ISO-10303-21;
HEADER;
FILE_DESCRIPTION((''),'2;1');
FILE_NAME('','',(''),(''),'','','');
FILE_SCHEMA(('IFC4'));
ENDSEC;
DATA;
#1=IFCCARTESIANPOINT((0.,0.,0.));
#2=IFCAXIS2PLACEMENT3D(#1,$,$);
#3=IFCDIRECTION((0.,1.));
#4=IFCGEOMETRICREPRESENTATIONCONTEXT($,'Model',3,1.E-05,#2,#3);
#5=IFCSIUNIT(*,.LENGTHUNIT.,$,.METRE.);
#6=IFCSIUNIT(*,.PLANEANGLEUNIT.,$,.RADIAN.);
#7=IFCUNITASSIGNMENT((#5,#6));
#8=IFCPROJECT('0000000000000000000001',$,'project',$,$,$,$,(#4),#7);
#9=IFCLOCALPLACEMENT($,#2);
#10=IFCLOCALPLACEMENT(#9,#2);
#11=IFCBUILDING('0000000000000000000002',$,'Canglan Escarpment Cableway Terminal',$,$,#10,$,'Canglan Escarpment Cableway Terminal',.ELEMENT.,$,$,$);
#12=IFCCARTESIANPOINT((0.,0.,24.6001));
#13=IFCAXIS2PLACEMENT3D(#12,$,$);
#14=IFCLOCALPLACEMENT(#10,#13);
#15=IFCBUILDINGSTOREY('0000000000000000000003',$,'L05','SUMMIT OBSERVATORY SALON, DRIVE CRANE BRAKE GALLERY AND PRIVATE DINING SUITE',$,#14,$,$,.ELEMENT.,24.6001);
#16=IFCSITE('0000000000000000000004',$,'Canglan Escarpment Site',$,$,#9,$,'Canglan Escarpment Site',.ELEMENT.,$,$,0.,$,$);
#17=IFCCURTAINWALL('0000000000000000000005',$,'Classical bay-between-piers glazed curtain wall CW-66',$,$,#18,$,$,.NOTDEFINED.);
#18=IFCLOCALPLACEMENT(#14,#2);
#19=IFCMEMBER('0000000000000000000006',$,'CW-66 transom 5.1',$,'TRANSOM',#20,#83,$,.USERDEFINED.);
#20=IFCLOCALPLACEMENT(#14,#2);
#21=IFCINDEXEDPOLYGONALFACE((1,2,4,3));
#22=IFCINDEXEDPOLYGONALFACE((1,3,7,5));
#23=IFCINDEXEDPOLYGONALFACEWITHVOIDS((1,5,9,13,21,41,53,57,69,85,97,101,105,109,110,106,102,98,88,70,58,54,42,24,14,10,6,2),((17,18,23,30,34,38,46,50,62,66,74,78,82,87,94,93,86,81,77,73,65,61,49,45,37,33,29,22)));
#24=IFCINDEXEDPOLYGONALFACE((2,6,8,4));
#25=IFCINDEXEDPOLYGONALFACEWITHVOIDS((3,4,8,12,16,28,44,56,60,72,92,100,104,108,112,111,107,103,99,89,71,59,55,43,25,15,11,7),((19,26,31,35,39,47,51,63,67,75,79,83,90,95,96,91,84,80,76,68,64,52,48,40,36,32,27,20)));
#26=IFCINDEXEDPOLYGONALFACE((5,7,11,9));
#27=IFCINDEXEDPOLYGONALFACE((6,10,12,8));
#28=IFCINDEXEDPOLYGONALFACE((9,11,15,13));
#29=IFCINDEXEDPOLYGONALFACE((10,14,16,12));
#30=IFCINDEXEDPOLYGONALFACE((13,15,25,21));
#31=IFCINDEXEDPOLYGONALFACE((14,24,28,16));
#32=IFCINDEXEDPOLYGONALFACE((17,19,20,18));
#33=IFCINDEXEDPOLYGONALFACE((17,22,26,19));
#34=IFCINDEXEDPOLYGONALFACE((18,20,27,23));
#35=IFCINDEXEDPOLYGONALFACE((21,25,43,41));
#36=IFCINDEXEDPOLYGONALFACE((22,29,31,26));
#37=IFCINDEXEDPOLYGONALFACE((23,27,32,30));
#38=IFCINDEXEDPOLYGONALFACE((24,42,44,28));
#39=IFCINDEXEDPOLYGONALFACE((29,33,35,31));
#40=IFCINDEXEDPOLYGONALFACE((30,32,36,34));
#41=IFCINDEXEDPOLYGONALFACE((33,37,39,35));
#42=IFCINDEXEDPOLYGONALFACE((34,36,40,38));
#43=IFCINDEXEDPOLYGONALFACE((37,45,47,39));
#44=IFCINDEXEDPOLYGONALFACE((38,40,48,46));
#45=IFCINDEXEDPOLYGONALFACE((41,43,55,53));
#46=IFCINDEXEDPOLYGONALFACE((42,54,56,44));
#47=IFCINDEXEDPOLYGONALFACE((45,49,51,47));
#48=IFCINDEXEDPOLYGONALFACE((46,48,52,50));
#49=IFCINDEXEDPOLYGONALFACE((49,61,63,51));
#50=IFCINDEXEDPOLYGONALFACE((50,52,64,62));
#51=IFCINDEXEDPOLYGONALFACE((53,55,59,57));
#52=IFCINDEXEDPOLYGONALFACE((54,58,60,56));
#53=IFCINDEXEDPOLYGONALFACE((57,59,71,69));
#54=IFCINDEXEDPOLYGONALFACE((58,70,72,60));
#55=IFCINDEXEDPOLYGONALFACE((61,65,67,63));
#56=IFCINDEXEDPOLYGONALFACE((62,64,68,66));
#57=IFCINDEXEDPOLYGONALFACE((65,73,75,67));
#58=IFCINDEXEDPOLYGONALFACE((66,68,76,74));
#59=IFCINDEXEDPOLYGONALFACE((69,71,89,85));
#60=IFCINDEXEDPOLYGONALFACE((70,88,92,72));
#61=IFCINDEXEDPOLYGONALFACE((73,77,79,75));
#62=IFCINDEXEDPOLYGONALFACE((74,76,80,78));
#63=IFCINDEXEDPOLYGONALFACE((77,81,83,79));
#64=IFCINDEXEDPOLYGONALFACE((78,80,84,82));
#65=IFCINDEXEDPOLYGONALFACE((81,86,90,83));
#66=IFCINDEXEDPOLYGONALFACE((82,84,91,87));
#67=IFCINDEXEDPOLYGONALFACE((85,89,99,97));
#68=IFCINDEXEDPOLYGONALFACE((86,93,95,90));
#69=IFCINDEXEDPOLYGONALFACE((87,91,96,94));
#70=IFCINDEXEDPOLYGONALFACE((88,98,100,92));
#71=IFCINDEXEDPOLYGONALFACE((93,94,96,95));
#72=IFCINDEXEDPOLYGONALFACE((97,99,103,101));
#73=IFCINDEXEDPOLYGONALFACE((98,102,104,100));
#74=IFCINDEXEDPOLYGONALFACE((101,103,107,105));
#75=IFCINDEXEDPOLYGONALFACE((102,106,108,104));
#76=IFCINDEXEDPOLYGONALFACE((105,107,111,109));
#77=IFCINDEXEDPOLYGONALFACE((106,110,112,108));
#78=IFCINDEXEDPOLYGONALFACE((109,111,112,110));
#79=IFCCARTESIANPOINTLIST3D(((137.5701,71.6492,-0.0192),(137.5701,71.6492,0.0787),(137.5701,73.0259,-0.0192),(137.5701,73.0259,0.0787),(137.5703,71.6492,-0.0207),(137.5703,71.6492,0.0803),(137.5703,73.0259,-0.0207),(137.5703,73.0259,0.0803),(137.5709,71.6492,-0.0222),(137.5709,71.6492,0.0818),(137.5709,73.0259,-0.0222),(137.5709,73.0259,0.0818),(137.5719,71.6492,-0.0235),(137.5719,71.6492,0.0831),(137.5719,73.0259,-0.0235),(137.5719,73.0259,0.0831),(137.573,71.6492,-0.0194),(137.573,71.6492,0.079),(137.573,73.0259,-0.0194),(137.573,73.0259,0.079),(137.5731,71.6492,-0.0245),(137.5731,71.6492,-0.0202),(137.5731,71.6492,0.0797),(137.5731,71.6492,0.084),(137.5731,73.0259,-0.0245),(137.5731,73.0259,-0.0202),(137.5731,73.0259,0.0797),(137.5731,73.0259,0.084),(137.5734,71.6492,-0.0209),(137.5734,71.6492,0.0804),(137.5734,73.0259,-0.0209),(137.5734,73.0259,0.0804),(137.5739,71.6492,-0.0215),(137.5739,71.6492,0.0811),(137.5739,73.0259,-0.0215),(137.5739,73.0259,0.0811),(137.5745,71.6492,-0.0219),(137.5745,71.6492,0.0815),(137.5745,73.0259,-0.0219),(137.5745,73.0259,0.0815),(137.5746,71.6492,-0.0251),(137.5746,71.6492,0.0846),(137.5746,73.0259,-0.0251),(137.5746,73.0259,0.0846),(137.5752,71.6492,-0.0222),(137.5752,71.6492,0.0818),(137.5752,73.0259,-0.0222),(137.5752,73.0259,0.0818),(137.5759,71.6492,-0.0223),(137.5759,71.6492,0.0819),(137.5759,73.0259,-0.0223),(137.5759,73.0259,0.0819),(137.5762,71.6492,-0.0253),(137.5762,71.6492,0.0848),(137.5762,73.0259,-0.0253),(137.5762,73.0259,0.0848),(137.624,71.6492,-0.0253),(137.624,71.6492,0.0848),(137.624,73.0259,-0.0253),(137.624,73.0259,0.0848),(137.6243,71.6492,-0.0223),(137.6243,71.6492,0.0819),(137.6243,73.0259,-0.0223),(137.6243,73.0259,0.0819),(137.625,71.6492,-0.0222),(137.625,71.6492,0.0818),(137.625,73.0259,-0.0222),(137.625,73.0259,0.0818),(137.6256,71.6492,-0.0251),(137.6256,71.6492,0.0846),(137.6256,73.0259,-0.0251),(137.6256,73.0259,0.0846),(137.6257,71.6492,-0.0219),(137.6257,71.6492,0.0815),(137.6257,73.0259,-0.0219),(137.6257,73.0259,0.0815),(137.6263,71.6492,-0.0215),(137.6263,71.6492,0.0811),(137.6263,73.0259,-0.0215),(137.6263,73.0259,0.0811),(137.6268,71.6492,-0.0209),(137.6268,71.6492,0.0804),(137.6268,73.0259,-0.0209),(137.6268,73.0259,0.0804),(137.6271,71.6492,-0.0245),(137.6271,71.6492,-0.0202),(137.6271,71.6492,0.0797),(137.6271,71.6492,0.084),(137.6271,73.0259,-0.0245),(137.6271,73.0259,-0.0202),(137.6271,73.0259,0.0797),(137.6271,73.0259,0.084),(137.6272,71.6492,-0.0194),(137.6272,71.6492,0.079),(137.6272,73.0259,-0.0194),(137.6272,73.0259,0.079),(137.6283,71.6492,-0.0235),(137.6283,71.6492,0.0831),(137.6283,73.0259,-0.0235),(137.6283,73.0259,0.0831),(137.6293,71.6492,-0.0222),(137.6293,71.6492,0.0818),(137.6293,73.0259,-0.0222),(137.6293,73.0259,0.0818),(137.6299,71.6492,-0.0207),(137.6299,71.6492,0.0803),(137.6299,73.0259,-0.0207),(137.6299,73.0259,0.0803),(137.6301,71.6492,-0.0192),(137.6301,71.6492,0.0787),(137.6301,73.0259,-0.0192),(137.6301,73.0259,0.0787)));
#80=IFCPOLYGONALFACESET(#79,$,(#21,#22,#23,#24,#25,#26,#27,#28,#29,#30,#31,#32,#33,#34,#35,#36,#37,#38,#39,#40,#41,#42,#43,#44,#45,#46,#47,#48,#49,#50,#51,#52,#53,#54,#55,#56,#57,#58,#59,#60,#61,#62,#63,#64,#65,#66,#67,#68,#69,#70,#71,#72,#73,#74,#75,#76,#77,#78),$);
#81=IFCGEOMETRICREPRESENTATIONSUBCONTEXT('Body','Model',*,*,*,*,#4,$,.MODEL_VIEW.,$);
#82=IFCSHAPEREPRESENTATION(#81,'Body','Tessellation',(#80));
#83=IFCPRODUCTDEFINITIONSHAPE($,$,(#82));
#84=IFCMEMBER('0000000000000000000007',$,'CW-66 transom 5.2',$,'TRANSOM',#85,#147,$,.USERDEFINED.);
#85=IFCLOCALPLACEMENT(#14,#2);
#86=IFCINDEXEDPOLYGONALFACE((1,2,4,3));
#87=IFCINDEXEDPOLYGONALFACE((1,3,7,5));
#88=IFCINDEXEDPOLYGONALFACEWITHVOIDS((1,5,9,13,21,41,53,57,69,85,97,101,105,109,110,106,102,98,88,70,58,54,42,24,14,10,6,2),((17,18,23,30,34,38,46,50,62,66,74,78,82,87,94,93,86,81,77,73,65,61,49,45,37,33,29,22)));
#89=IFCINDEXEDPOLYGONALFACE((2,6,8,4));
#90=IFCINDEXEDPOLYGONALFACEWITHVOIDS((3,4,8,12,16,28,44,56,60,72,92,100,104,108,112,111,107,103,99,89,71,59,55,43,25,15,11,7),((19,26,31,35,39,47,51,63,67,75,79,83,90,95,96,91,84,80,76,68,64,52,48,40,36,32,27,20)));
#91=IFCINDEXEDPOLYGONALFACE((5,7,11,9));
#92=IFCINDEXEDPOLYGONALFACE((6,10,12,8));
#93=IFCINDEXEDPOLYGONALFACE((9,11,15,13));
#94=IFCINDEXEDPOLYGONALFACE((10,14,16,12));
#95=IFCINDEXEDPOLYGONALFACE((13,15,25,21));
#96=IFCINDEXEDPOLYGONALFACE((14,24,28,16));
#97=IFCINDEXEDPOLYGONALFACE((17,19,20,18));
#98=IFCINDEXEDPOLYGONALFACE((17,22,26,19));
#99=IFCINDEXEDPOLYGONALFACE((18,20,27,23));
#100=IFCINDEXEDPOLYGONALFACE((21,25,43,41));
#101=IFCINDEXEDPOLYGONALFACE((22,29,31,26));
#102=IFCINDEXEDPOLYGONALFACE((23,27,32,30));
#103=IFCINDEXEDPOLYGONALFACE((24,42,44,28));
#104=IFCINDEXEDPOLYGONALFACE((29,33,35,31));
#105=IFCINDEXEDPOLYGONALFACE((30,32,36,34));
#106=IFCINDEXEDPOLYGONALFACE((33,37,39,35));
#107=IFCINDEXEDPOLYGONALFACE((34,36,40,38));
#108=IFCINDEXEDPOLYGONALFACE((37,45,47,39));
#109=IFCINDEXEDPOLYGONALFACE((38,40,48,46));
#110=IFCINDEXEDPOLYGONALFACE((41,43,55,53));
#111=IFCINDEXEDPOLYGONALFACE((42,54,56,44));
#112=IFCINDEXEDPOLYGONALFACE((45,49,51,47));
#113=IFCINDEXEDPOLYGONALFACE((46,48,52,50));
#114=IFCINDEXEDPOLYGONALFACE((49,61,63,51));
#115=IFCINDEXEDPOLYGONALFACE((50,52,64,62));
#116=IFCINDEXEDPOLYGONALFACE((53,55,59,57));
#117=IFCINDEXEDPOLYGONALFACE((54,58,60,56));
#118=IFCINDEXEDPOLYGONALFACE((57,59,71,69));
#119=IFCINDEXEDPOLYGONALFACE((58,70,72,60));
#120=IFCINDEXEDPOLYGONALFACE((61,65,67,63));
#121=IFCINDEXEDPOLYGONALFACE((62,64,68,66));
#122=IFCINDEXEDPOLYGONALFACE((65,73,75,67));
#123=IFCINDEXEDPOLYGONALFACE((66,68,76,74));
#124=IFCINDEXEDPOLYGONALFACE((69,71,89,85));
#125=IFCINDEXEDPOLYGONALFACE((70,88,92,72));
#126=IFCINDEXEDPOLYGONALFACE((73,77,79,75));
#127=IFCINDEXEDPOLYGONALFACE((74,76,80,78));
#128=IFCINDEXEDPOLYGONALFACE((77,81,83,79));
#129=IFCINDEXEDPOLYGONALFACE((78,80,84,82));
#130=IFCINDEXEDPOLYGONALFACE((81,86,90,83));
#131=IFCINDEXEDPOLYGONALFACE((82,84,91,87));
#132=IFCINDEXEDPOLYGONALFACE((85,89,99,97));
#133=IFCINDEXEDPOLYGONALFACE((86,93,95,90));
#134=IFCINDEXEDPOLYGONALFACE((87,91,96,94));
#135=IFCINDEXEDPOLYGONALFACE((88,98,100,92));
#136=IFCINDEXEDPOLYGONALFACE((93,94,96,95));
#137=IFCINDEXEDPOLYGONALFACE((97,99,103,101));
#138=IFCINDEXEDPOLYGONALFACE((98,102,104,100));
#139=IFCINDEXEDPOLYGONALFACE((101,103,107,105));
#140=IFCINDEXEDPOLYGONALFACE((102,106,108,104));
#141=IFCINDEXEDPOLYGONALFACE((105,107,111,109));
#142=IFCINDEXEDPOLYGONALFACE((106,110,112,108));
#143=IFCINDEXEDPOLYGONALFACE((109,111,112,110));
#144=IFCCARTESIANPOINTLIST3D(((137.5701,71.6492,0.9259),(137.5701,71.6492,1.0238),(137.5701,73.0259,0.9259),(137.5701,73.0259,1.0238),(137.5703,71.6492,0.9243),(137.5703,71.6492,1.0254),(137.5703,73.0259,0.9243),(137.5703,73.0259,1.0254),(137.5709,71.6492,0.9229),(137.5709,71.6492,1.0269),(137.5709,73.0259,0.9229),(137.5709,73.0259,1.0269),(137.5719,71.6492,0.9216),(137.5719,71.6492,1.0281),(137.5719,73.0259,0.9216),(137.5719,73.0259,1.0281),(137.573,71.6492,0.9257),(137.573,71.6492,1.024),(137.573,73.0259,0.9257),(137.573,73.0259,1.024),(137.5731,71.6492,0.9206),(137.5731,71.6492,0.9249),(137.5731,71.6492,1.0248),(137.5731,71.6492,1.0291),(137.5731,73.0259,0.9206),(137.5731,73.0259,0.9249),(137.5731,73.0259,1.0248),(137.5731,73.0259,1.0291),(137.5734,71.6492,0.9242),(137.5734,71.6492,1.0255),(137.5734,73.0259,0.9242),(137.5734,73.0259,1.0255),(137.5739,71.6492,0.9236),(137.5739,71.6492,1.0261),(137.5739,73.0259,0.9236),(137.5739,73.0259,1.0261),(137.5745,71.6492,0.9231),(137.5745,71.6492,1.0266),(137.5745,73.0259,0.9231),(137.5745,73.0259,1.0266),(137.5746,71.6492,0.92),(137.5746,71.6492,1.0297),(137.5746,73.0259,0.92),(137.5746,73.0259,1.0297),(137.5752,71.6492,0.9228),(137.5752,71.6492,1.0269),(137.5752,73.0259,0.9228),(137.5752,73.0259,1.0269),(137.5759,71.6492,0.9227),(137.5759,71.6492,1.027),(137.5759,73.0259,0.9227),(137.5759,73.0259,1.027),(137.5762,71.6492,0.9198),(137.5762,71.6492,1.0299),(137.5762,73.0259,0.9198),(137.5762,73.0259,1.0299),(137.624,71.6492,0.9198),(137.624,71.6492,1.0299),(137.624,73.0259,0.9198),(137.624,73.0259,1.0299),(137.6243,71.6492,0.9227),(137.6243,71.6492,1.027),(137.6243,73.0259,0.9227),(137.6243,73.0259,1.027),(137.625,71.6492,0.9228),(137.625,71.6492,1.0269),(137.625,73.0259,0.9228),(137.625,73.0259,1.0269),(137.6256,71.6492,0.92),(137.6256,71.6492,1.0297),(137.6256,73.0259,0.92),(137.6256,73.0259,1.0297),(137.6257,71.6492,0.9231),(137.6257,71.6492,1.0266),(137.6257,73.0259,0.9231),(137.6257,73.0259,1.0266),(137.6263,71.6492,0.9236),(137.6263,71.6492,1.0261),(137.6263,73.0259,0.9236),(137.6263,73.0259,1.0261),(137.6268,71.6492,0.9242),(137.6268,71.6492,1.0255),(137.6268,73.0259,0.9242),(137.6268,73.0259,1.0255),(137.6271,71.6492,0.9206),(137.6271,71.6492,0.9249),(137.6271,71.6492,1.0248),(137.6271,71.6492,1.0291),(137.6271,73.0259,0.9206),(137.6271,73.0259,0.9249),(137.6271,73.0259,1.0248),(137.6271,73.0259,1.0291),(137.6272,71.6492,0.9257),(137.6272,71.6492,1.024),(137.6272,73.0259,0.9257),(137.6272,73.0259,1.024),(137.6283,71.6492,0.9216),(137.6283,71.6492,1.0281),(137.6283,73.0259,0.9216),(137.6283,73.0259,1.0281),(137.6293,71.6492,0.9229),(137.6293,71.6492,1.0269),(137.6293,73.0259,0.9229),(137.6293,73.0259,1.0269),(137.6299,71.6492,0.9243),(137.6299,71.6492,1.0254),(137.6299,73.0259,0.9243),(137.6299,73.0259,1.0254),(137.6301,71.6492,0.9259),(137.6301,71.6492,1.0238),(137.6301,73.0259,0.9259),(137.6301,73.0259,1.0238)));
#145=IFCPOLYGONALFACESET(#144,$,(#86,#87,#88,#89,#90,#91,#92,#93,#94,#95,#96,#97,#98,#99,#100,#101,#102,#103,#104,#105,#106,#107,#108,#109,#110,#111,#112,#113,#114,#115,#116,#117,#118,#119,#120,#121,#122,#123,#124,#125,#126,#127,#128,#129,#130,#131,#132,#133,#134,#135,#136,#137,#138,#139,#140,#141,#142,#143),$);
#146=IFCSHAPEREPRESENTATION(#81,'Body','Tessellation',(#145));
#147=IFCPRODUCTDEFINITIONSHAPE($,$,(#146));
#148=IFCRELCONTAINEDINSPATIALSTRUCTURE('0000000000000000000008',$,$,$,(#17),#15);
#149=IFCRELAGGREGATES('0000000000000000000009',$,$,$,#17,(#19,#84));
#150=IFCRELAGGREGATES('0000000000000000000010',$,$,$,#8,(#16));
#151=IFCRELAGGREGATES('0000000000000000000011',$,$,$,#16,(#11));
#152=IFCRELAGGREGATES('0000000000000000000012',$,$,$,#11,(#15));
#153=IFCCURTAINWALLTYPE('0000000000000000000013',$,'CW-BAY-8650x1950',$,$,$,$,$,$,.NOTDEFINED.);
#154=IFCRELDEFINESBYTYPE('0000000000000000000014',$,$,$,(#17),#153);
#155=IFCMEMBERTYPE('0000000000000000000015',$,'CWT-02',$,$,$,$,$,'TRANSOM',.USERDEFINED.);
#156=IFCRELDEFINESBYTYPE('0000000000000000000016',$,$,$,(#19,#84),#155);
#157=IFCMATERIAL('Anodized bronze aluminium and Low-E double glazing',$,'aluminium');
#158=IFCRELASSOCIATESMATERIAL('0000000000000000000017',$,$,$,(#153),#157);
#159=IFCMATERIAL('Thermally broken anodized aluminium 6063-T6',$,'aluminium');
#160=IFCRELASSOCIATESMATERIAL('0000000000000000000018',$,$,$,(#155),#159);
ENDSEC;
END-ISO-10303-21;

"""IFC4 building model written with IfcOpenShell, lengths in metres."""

from ifc_helpers import new_model, si_unit, direction, frame, origin, origin_2d, place, context, subcontext, project, spatial, hollow_rectangle, extrude, material, material_profile, profile_set, type_object, element, aggregate, save


model = new_model("IFC4")

# Units and contexts
model_context = context("Model", 3, precision=1e-05, world=origin(), true_north=direction((0.0, 1.0)))
body_context = subcontext(model_context, "Body", "Model", "MODEL_VIEW")
ifc_project = project(units=[si_unit("LENGTHUNIT", "METRE"), si_unit("PLANEANGLEUNIT", "RADIAN")], contexts=[model_context])

# Site, building, storey
site_placement = place(None, origin())
site = spatial("IfcSite", under=ifc_project, at=site_placement, Name="Canglan Escarpment Site", LongName="Canglan Escarpment Site", CompositionType="ELEMENT", RefElevation=0.0)
building_placement = place(site_placement, origin())
building = spatial("IfcBuilding", under=site, at=building_placement, Name="Canglan Escarpment Cableway Terminal", LongName="Canglan Escarpment Cableway Terminal", CompositionType="ELEMENT")
storey_placement = place(building_placement, frame((0.0, 0.0, 24.6001)))
storey = spatial("IfcBuildingStorey", under=building, at=storey_placement, Name="L05", Description="SUMMIT OBSERVATORY SALON, DRIVE CRANE BRAKE GALLERY AND PRIVATE DINING SUITE", CompositionType="ELEMENT", Elevation=24.6001)

# Shared definitions
ifc_material_1 = material(Name="Anodized bronze aluminium and Low-E double glazing", Category="aluminium")
curtain_wall_type = type_object("IfcCurtainWallType", Name="CW-BAY-8650x1950", PredefinedType="NOTDEFINED", material=ifc_material_1)
ifc_material_2 = material(Name="Thermally broken anodized aluminium 6063-T6", Category="aluminium")

# Curtain wall
curtain_wall_1_placement = place(storey_placement, origin())
curtain_wall_1 = element("IfcCurtainWall", 1, at=curtain_wall_1_placement, inside=storey, type_object=curtain_wall_type, Name="Classical bay-between-piers glazed curtain wall CW-66", PredefinedType="NOTDEFINED")

# Members
ifc_material_profile_1 = material_profile(ifc_material_2, hollow_rectangle(XDim=0.0601, YDim=0.1101, WallThickness=0.0029, InnerFilletRadius=0.0029, OuterFilletRadius=0.0061, at=origin_2d()), Name="ALU-TRAN 60x110x3")
ifc_profile_set_1 = profile_set([ifc_material_profile_1], Name="Thermally broken anodized aluminium 6063-T6")
member_type_1 = type_object("IfcMemberType", Name="CWT-02", ElementType="TRANSOM", PredefinedType="USERDEFINED", material=ifc_profile_set_1)
member_1_placement = place(storey_placement, frame((137.6001, 73.0259, 0.0298), z_axis=(0.0, -1.0, 0.0), x_axis=(1.0, 0.0, 0.0)))
member_1 = element("IfcMember", 2, at=member_1_placement, type_object=member_type_1, Name="CW-66 transom 5.1", ObjectType="TRANSOM", PredefinedType="USERDEFINED", context=body_context, shape_type="SweptSolid", body=[
    extrude(hollow_rectangle(XDim=0.0601, YDim=0.1101, WallThickness=0.0029, InnerFilletRadius=0.0029, OuterFilletRadius=0.0061, at=origin_2d()), origin(), (0.0, 0.0, 1.0), 1.3767),
])
member_2_placement = place(storey_placement, frame((137.6001, 73.0259, 0.9749), z_axis=(0.0, -1.0, 0.0), x_axis=(1.0, 0.0, 0.0)))
member_2 = element("IfcMember", 3, at=member_2_placement, type_object=member_type_1, Name="CW-66 transom 5.2", ObjectType="TRANSOM", PredefinedType="USERDEFINED", context=body_context, shape_type="SweptSolid", body=[
    extrude(hollow_rectangle(XDim=0.0601, YDim=0.1101, WallThickness=0.0029, InnerFilletRadius=0.0029, OuterFilletRadius=0.0061, at=origin_2d()), origin(), (0.0, 0.0, 1.0), 1.3767),
])

aggregate(curtain_wall_1, [member_1, member_2])

save(model, "model.ifc")
